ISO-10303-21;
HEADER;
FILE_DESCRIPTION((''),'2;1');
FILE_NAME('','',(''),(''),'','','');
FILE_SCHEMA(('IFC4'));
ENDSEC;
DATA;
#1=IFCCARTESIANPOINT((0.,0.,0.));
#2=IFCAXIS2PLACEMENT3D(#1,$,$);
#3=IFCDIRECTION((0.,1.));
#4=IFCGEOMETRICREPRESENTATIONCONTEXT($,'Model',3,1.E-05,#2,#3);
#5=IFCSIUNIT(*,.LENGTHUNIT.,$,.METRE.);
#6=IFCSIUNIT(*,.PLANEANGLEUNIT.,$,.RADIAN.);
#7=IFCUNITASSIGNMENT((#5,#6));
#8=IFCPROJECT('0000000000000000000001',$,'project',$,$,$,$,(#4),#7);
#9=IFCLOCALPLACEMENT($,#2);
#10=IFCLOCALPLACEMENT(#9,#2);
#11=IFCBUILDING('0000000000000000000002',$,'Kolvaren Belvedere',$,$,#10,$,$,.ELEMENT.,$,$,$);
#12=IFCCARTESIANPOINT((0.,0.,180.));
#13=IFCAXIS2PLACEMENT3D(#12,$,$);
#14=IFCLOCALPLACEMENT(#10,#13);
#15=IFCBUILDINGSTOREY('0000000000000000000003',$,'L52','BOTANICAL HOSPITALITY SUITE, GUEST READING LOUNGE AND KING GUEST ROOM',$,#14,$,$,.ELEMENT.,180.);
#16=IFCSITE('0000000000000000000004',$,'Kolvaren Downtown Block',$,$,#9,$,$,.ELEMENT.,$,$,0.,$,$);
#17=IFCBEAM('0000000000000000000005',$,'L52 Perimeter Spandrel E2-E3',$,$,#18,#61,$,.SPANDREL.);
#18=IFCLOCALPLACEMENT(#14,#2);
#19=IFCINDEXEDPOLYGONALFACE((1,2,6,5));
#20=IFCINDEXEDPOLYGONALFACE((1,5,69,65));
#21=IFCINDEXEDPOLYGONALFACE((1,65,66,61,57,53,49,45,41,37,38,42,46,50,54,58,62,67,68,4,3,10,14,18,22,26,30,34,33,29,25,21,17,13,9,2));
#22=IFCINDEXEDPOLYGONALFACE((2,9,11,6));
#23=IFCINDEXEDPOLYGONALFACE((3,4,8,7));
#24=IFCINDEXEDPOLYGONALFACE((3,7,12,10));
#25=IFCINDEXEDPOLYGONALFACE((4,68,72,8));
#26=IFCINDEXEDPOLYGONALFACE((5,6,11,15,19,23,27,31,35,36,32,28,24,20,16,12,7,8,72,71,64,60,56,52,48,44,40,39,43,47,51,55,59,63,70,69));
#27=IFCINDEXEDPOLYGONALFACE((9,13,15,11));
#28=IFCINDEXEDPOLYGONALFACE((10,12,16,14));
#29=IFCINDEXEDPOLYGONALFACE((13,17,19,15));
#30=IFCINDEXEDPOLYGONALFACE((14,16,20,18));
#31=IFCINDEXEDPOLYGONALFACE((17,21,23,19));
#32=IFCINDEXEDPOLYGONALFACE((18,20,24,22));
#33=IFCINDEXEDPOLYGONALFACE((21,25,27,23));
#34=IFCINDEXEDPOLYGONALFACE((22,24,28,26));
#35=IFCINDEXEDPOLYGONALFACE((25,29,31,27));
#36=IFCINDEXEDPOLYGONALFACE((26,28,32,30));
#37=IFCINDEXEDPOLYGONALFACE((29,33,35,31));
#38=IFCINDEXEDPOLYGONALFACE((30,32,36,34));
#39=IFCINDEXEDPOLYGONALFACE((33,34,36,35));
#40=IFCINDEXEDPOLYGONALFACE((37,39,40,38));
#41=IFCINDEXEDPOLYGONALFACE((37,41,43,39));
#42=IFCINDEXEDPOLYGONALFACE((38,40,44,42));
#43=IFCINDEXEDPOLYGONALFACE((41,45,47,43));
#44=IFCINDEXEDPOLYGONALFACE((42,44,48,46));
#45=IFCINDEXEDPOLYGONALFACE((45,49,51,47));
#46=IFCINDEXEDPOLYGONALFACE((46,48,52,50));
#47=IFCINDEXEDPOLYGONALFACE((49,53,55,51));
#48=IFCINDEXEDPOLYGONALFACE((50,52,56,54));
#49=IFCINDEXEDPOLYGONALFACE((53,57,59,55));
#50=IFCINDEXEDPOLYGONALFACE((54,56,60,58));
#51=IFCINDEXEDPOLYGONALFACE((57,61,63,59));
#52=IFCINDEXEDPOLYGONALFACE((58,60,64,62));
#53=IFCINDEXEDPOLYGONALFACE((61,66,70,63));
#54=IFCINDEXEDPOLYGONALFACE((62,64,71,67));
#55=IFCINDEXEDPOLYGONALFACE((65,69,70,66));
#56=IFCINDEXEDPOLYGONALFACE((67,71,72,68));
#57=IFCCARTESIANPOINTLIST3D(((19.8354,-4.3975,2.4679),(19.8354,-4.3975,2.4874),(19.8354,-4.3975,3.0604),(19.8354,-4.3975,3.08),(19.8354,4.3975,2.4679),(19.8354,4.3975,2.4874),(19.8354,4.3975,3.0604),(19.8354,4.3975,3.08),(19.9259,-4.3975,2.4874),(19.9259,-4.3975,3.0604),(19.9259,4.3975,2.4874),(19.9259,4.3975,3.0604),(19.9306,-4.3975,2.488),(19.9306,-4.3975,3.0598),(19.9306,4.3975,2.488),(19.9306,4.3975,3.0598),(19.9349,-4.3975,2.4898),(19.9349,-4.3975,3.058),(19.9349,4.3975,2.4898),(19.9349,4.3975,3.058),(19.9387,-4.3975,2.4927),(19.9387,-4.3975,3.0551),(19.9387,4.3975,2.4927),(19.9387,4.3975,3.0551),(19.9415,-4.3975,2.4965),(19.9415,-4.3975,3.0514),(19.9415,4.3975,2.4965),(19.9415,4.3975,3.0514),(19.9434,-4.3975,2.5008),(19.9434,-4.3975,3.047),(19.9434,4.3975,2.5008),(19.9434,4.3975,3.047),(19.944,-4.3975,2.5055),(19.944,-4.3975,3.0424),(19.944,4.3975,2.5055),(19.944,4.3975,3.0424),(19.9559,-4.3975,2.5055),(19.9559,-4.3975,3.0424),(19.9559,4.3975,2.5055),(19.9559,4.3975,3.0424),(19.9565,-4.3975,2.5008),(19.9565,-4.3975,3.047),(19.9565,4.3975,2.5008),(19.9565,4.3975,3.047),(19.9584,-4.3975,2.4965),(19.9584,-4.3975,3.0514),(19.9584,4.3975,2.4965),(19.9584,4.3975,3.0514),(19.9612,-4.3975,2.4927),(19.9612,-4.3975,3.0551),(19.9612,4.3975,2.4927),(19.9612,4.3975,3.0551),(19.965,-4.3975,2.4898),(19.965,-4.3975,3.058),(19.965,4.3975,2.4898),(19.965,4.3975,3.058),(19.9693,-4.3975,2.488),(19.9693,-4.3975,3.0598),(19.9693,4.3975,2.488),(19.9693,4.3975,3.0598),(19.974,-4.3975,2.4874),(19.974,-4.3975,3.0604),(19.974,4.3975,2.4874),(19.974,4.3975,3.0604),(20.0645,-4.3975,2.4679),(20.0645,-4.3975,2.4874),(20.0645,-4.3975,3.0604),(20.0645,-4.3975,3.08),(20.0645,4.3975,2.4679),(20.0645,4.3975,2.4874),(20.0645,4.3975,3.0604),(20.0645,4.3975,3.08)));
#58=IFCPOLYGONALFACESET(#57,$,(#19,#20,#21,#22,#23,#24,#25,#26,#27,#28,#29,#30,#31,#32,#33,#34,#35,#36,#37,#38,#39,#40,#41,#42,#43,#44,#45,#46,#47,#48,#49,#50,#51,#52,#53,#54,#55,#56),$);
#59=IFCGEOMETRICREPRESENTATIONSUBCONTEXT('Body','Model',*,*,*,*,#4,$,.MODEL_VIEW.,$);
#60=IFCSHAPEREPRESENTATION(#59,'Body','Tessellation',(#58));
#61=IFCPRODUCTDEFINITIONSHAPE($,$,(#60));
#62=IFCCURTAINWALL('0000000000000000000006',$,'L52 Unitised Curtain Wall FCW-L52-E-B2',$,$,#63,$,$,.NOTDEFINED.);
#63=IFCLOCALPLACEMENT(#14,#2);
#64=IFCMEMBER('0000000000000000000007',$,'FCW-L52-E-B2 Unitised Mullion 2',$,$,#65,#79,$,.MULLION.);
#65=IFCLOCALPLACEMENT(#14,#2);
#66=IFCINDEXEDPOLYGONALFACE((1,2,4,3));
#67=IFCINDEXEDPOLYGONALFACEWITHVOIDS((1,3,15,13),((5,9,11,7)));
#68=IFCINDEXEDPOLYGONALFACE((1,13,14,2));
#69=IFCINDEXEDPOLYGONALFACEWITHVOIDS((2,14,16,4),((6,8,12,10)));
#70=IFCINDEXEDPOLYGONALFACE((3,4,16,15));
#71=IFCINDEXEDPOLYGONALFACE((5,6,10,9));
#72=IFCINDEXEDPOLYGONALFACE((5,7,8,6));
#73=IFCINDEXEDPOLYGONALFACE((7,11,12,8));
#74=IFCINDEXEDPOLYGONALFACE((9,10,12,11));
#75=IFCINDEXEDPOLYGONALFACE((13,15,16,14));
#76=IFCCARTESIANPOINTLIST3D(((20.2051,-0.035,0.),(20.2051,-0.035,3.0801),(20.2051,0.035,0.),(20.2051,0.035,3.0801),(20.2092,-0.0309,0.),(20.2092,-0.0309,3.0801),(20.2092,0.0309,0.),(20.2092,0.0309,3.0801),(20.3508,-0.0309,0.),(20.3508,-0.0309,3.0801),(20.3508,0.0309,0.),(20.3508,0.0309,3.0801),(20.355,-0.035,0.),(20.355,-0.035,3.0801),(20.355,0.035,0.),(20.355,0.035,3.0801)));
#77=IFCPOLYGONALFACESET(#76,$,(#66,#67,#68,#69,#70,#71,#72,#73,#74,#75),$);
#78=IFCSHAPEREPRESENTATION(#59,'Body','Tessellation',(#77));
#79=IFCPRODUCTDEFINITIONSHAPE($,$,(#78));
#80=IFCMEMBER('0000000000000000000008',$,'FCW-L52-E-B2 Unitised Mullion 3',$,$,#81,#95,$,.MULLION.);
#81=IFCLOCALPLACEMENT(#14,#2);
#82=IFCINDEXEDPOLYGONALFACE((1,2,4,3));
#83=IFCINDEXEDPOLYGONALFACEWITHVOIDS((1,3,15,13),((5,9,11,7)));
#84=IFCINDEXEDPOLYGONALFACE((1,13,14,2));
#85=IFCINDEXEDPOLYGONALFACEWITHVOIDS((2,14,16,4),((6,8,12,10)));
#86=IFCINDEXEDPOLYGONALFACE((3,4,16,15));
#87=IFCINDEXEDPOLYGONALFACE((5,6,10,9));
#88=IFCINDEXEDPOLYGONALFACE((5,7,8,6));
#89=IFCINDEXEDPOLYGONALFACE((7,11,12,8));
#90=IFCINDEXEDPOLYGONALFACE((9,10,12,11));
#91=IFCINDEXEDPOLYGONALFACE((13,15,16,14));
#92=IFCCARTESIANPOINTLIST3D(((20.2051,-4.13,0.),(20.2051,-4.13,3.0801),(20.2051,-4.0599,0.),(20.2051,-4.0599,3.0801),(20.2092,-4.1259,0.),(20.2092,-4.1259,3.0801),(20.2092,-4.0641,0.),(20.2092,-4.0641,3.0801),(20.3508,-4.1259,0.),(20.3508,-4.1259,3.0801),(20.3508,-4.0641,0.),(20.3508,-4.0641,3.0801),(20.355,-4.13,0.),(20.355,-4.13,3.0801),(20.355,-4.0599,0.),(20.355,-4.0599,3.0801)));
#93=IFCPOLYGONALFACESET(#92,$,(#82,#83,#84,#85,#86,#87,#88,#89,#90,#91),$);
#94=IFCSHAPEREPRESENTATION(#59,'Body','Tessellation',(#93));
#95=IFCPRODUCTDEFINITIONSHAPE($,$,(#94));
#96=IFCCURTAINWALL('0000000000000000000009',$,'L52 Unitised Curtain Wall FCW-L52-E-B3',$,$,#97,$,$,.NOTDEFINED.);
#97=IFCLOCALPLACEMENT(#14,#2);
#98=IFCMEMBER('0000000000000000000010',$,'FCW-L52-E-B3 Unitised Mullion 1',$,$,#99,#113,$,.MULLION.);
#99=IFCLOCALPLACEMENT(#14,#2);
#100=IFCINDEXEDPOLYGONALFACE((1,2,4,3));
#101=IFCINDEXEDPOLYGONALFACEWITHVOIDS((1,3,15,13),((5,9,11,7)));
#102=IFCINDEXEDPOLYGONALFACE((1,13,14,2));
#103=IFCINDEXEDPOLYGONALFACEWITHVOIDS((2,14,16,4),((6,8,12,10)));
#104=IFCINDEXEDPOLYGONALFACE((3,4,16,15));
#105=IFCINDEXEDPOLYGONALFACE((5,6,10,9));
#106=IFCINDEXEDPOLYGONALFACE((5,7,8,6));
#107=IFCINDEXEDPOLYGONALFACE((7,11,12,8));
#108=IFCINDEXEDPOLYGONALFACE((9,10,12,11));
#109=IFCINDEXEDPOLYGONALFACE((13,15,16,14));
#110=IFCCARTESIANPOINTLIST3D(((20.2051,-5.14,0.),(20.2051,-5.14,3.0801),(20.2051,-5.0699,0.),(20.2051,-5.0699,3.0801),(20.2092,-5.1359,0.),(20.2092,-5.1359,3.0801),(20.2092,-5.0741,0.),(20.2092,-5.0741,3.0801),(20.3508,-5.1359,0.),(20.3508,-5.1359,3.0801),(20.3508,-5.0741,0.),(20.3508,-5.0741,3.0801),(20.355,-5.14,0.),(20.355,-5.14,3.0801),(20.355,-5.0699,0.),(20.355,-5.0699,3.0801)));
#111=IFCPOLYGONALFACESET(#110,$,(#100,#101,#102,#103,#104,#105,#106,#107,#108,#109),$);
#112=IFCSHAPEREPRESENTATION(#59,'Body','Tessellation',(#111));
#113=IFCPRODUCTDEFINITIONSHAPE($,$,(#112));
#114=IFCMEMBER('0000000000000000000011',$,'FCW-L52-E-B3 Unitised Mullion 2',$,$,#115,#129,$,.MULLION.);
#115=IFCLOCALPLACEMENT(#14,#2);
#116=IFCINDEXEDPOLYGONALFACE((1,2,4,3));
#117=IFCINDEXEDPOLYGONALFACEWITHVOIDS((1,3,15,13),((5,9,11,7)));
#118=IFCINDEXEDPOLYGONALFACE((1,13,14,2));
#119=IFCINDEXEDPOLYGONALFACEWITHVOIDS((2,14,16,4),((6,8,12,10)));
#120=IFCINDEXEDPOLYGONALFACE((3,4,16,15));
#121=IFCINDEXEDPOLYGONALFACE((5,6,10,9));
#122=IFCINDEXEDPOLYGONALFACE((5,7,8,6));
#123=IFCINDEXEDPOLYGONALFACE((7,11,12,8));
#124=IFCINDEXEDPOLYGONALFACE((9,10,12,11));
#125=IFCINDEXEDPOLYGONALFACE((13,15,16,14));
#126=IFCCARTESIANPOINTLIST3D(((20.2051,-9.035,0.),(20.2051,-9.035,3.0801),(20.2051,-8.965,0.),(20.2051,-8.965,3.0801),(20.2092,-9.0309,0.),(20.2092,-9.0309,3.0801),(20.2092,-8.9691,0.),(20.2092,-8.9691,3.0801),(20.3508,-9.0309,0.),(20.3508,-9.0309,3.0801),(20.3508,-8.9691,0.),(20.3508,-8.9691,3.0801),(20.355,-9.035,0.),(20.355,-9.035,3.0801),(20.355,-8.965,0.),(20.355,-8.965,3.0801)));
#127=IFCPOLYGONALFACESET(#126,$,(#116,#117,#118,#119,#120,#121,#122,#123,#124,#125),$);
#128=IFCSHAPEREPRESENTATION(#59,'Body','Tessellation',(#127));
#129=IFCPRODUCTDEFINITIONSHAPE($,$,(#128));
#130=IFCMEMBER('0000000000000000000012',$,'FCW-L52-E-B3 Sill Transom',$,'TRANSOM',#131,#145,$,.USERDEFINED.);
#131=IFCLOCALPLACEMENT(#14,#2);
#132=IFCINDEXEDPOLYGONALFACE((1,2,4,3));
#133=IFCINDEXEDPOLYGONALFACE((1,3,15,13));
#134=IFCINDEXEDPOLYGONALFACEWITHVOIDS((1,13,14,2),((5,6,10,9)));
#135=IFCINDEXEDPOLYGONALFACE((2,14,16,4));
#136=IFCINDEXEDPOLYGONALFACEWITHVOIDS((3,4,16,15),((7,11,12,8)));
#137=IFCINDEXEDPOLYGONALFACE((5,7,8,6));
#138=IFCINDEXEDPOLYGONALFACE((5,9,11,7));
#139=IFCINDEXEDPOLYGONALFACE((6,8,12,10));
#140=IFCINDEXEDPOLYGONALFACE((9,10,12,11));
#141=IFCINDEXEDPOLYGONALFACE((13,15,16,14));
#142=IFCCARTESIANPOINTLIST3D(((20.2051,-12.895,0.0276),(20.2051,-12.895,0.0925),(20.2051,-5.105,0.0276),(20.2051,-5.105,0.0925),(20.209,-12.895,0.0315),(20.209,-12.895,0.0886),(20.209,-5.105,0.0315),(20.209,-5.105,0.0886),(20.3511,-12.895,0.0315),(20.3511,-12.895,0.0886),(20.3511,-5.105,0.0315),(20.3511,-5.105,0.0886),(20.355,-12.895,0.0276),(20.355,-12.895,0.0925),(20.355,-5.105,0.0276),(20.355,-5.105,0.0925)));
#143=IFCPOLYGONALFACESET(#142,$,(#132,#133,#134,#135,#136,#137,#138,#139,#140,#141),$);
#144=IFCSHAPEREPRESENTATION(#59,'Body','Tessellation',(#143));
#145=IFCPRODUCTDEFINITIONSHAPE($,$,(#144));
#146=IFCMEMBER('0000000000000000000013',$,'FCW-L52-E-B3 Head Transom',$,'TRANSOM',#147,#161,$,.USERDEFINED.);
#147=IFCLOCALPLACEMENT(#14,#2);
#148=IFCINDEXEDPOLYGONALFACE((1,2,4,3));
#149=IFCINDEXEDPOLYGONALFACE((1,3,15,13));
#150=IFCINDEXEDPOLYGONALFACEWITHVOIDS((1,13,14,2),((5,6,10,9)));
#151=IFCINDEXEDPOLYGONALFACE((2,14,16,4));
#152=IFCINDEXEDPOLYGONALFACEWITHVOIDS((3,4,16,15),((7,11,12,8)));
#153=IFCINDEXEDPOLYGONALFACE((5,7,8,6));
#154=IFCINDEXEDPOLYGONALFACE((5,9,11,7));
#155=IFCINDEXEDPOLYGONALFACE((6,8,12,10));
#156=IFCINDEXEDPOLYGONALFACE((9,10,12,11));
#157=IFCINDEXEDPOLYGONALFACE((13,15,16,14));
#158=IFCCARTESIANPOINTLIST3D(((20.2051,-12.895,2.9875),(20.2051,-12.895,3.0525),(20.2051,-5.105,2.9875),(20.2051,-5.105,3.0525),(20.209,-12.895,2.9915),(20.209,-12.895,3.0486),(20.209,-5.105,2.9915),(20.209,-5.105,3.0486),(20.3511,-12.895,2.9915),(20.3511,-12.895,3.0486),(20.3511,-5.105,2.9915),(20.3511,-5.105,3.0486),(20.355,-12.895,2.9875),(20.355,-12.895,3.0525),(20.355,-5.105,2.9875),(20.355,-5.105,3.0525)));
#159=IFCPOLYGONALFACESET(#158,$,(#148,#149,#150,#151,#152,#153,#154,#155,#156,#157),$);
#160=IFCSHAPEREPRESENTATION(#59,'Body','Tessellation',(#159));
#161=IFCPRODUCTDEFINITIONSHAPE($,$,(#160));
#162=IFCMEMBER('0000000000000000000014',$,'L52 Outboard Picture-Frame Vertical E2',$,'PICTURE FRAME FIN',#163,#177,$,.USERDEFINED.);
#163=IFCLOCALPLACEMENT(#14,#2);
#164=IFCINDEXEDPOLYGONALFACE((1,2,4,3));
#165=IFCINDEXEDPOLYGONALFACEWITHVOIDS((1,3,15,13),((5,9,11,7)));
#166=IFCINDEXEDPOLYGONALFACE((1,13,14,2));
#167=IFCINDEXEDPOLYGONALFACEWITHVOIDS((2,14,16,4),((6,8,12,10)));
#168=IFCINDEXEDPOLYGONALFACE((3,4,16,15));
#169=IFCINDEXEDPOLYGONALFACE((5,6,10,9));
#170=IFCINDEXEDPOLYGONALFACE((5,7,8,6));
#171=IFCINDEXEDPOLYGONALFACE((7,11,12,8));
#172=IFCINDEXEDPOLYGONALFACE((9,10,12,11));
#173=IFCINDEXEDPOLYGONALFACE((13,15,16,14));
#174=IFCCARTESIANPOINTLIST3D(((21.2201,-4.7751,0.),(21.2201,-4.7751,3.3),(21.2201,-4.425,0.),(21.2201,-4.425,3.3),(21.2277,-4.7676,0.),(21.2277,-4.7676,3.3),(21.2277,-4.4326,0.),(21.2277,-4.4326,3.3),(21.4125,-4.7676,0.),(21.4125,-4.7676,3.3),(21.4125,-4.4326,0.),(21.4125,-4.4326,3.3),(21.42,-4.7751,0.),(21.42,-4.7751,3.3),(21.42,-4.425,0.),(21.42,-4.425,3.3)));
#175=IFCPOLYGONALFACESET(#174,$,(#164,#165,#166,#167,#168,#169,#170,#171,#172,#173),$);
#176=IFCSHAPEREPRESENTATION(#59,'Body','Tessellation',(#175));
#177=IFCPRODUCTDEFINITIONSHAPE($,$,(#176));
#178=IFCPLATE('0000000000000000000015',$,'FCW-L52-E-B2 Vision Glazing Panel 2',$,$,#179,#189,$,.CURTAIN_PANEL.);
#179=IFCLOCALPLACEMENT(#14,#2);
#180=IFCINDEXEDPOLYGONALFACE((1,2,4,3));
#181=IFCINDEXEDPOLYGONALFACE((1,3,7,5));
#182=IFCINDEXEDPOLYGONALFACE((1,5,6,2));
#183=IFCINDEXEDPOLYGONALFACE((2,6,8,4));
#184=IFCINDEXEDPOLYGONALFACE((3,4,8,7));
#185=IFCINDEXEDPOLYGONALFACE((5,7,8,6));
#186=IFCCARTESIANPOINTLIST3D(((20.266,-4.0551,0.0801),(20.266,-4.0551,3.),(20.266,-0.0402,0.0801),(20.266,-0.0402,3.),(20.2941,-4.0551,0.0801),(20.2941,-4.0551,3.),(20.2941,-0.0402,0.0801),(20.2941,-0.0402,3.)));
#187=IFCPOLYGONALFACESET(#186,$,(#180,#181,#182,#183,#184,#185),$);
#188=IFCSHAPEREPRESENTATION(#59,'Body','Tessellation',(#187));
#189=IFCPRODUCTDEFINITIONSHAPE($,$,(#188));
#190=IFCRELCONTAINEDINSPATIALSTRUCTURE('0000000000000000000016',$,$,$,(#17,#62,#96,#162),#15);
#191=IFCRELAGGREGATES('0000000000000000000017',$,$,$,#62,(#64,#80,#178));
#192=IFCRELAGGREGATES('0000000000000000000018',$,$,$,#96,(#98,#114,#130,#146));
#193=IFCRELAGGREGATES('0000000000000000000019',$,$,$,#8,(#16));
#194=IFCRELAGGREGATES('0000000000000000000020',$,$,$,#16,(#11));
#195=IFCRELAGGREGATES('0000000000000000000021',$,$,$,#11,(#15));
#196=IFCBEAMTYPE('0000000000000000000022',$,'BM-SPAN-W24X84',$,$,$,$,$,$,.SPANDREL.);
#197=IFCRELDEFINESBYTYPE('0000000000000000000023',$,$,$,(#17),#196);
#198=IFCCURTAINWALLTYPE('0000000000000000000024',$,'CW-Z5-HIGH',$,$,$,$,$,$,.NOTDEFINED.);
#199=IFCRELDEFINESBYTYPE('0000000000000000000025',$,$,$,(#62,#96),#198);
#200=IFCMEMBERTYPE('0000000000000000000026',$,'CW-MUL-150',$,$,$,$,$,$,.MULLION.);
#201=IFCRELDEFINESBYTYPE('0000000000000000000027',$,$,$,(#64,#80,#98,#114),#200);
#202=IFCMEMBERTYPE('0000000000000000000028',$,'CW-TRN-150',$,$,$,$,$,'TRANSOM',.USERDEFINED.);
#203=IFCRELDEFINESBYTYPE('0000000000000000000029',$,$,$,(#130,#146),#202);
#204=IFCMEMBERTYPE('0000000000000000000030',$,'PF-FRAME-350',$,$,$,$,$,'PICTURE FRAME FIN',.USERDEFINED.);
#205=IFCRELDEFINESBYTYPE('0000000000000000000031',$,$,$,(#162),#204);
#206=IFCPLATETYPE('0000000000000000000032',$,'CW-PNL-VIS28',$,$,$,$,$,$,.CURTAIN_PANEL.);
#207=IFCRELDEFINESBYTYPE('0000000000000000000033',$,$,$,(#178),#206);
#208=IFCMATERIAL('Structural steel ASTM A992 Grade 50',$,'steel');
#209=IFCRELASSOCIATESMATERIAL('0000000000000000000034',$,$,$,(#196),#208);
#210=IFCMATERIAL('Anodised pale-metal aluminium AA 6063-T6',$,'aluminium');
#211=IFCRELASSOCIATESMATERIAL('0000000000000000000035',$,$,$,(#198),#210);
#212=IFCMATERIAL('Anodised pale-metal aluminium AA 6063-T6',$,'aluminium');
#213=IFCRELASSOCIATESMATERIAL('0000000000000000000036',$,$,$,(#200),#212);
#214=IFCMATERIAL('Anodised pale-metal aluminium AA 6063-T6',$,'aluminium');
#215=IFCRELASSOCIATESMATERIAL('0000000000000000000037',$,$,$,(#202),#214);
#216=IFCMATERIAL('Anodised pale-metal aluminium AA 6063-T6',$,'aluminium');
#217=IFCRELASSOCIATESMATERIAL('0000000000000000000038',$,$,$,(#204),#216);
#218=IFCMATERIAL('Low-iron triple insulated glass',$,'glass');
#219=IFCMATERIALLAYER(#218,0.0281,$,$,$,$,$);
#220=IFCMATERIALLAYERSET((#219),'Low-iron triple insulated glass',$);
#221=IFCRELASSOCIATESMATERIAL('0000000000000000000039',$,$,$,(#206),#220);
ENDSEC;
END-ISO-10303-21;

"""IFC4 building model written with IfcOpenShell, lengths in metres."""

from ifc_helpers import new_model, si_unit, direction, frame, origin, origin_2d, place, context, subcontext, project, spatial, rectangle, hollow_rectangle, i_section, extrude, material, layer, layer_set, material_profile, profile_set, type_object, element, aggregate, save


model = new_model("IFC4")

# Units and contexts
model_context = context("Model", 3, precision=1e-05, world=origin(), true_north=direction((0.0, 1.0)))
body_context = subcontext(model_context, "Body", "Model", "MODEL_VIEW")
ifc_project = project(units=[si_unit("LENGTHUNIT", "METRE"), si_unit("PLANEANGLEUNIT", "RADIAN")], contexts=[model_context])

# Site, building, storey
site_placement = place(None, origin())
site = spatial("IfcSite", under=ifc_project, at=site_placement, Name="Kolvaren Downtown Block", CompositionType="ELEMENT", RefElevation=0.0)
building_placement = place(site_placement, origin())
building = spatial("IfcBuilding", under=site, at=building_placement, Name="Kolvaren Belvedere", CompositionType="ELEMENT")
storey_placement = place(building_placement, frame((0.0, 0.0, 180.0)))
storey = spatial("IfcBuildingStorey", under=building, at=storey_placement, Name="L52", Description="BOTANICAL HOSPITALITY SUITE, GUEST READING LOUNGE AND KING GUEST ROOM", CompositionType="ELEMENT", Elevation=180.0)

# Beam
ifc_material_1 = material(Name="Structural steel ASTM A992 Grade 50", Category="steel")
ifc_material_profile_1 = material_profile(ifc_material_1, i_section(OverallWidth=0.229, OverallDepth=0.6121, WebThickness=0.012, FlangeThickness=0.0195, FilletRadius=0.0181, at=origin_2d()), Name="W24X84")
ifc_profile_set_1 = profile_set([ifc_material_profile_1], Name="Structural steel ASTM A992 Grade 50")
beam_type_1 = type_object("IfcBeamType", Name="BM-SPAN-W24X84", PredefinedType="SPANDREL", material=ifc_profile_set_1)
beam_1_placement = place(storey_placement, frame((19.95, -4.3975, 2.7739), z_axis=(0.0, 1.0, 0.0), x_axis=(-1.0, 0.0, 0.0)))
element("IfcBeam", 1, at=beam_1_placement, inside=storey, type_object=beam_type_1, Name="L52 Perimeter Spandrel E2-E3", PredefinedType="SPANDREL", context=body_context, shape_type="SweptSolid", body=[
    extrude(i_section(OverallWidth=0.229, OverallDepth=0.6121, WebThickness=0.012, FlangeThickness=0.0195, FilletRadius=0.0181, at=origin_2d()), origin(), (0.0, 0.0, 1.0), 8.7949),
])

# Curtain walls, members
ifc_material_2 = material(Name="Anodised pale-metal aluminium AA 6063-T6", Category="aluminium")
curtain_wall_type = type_object("IfcCurtainWallType", Name="CW-Z5-HIGH", PredefinedType="NOTDEFINED", material=ifc_material_2)
curtain_wall_1_placement = place(storey_placement, origin())
curtain_wall_1 = element("IfcCurtainWall", 2, at=curtain_wall_1_placement, inside=storey, type_object=curtain_wall_type, Name="L52 Unitised Curtain Wall FCW-L52-E-B2", PredefinedType="NOTDEFINED")
ifc_material_3 = material(Name="Anodised pale-metal aluminium AA 6063-T6", Category="aluminium")
ifc_material_profile_2 = material_profile(ifc_material_3, hollow_rectangle(XDim=0.0701, YDim=0.1499, WallThickness=0.0042, at=origin_2d()), Name="ALU-MUL-150X70")
ifc_profile_set_2 = profile_set([ifc_material_profile_2], Name="Anodised pale-metal aluminium AA 6063-T6")
member_type_1 = type_object("IfcMemberType", Name="CW-MUL-150", PredefinedType="MULLION", material=ifc_profile_set_2)
member_1_placement = place(storey_placement, frame((20.28, 0.0, 0.0), z_axis=(0.0, 0.0, 1.0), x_axis=(0.0, 1.0, 0.0)))
member_1 = element("IfcMember", 3, at=member_1_placement, type_object=member_type_1, Name="FCW-L52-E-B2 Unitised Mullion 2", PredefinedType="MULLION", context=body_context, shape_type="SweptSolid", body=[
    extrude(hollow_rectangle(XDim=0.0701, YDim=0.1499, WallThickness=0.0042, at=origin_2d()), origin(), (0.0, 0.0, 1.0), 3.0801),
])
member_2_placement = place(storey_placement, frame((20.28, -4.095, 0.0), z_axis=(0.0, 0.0, 1.0), x_axis=(0.0, 1.0, 0.0)))
member_2 = element("IfcMember", 4, at=member_2_placement, type_object=member_type_1, Name="FCW-L52-E-B2 Unitised Mullion 3", PredefinedType="MULLION", context=body_context, shape_type="SweptSolid", body=[
    extrude(hollow_rectangle(XDim=0.0701, YDim=0.1499, WallThickness=0.0042, at=origin_2d()), origin(), (0.0, 0.0, 1.0), 3.0801),
])
curtain_wall_2_placement = place(storey_placement, origin())
curtain_wall_2 = element("IfcCurtainWall", 5, at=curtain_wall_2_placement, inside=storey, type_object=curtain_wall_type, Name="L52 Unitised Curtain Wall FCW-L52-E-B3", PredefinedType="NOTDEFINED")
member_3_placement = place(storey_placement, frame((20.28, -5.105, 0.0), z_axis=(0.0, 0.0, 1.0), x_axis=(0.0, 1.0, 0.0)))
member_3 = element("IfcMember", 6, at=member_3_placement, type_object=member_type_1, Name="FCW-L52-E-B3 Unitised Mullion 1", PredefinedType="MULLION", context=body_context, shape_type="SweptSolid", body=[
    extrude(hollow_rectangle(XDim=0.0701, YDim=0.1499, WallThickness=0.0042, at=origin_2d()), origin(), (0.0, 0.0, 1.0), 3.0801),
])
member_4_placement = place(storey_placement, frame((20.28, -9.0, 0.0), z_axis=(0.0, 0.0, 1.0), x_axis=(0.0, 1.0, 0.0)))
member_4 = element("IfcMember", 7, at=member_4_placement, type_object=member_type_1, Name="FCW-L52-E-B3 Unitised Mullion 2", PredefinedType="MULLION", context=body_context, shape_type="SweptSolid", body=[
    extrude(hollow_rectangle(XDim=0.0701, YDim=0.1499, WallThickness=0.0042, at=origin_2d()), origin(), (0.0, 0.0, 1.0), 3.0801),
])
ifc_material_4 = material(Name="Anodised pale-metal aluminium AA 6063-T6", Category="aluminium")
ifc_material_profile_3 = material_profile(ifc_material_4, hollow_rectangle(XDim=0.0649, YDim=0.1499, WallThickness=0.0039, at=origin_2d()), Name="ALU-TRN-150X65")
ifc_profile_set_3 = profile_set([ifc_material_profile_3], Name="Anodised pale-metal aluminium AA 6063-T6")
member_type_2 = type_object("IfcMemberType", Name="CW-TRN-150", ElementType="TRANSOM", PredefinedType="USERDEFINED", material=ifc_profile_set_3)
member_5_placement = place(storey_placement, frame((20.28, -5.105, 0.0601), z_axis=(0.0, -1.0, 0.0), x_axis=(0.0, 0.0, 1.0)))
member_5 = element("IfcMember", 8, at=member_5_placement, type_object=member_type_2, Name="FCW-L52-E-B3 Sill Transom", ObjectType="TRANSOM", PredefinedType="USERDEFINED", context=body_context, shape_type="SweptSolid", body=[
    extrude(hollow_rectangle(XDim=0.0649, YDim=0.1499, WallThickness=0.0039, at=origin_2d()), origin(), (0.0, 0.0, 1.0), 7.79),
])
member_6_placement = place(storey_placement, frame((20.28, -5.105, 3.02), z_axis=(0.0, -1.0, 0.0), x_axis=(0.0, 0.0, 1.0)))
member_6 = element("IfcMember", 9, at=member_6_placement, type_object=member_type_2, Name="FCW-L52-E-B3 Head Transom", ObjectType="TRANSOM", PredefinedType="USERDEFINED", context=body_context, shape_type="SweptSolid", body=[
    extrude(hollow_rectangle(XDim=0.0649, YDim=0.1499, WallThickness=0.0039, at=origin_2d()), origin(), (0.0, 0.0, 1.0), 7.79),
])

# Member
ifc_material_5 = material(Name="Anodised pale-metal aluminium AA 6063-T6", Category="aluminium")
ifc_material_profile_4 = material_profile(ifc_material_5, hollow_rectangle(XDim=0.2, YDim=0.3501, WallThickness=0.0076, at=origin_2d()), Name="ALU-PF-350X200")
ifc_profile_set_4 = profile_set([ifc_material_profile_4], Name="Anodised pale-metal aluminium AA 6063-T6")
member_type_3 = type_object("IfcMemberType", Name="PF-FRAME-350", ElementType="PICTURE FRAME FIN", PredefinedType="USERDEFINED", material=ifc_profile_set_4)
member_7_placement = place(storey_placement, frame((21.3201, -4.6001, 0.0), z_axis=(0.0, 0.0, 1.0), x_axis=(1.0, 0.0, 0.0)))
element("IfcMember", 10, at=member_7_placement, inside=storey, type_object=member_type_3, Name="L52 Outboard Picture-Frame Vertical E2", ObjectType="PICTURE FRAME FIN", PredefinedType="USERDEFINED", context=body_context, shape_type="SweptSolid", body=[
    extrude(hollow_rectangle(XDim=0.2, YDim=0.3501, WallThickness=0.0076, at=origin_2d()), origin(), (0.0, 0.0, 1.0), 3.3),
])

# Plate
ifc_material_6 = material(Name="Low-iron triple insulated glass", Category="glass")
ifc_layer_1 = layer(ifc_material_6, 0.0281)
ifc_layer_set_1 = layer_set([ifc_layer_1], Name="Low-iron triple insulated glass")
plate_type_1 = type_object("IfcPlateType", Name="CW-PNL-VIS28", PredefinedType="CURTAIN_PANEL", material=ifc_layer_set_1)
plate_1_placement = place(storey_placement, frame((20.28, -2.0476, 0.0801), z_axis=(0.0, 0.0, 1.0), x_axis=(0.0, -1.0, 0.0)))
plate_1 = element("IfcPlate", 11, at=plate_1_placement, type_object=plate_type_1, Name="FCW-L52-E-B2 Vision Glazing Panel 2", PredefinedType="CURTAIN_PANEL", context=body_context, shape_type="SweptSolid", body=[
    extrude(rectangle(XDim=4.0149, YDim=0.0281, at=origin_2d()), origin(), (0.0, 0.0, 1.0), 2.9199),
])
aggregate(curtain_wall_1, [member_1, member_2, plate_1])
aggregate(curtain_wall_2, [member_3, member_4, member_5, member_6])

save(model, "model.ifc")
